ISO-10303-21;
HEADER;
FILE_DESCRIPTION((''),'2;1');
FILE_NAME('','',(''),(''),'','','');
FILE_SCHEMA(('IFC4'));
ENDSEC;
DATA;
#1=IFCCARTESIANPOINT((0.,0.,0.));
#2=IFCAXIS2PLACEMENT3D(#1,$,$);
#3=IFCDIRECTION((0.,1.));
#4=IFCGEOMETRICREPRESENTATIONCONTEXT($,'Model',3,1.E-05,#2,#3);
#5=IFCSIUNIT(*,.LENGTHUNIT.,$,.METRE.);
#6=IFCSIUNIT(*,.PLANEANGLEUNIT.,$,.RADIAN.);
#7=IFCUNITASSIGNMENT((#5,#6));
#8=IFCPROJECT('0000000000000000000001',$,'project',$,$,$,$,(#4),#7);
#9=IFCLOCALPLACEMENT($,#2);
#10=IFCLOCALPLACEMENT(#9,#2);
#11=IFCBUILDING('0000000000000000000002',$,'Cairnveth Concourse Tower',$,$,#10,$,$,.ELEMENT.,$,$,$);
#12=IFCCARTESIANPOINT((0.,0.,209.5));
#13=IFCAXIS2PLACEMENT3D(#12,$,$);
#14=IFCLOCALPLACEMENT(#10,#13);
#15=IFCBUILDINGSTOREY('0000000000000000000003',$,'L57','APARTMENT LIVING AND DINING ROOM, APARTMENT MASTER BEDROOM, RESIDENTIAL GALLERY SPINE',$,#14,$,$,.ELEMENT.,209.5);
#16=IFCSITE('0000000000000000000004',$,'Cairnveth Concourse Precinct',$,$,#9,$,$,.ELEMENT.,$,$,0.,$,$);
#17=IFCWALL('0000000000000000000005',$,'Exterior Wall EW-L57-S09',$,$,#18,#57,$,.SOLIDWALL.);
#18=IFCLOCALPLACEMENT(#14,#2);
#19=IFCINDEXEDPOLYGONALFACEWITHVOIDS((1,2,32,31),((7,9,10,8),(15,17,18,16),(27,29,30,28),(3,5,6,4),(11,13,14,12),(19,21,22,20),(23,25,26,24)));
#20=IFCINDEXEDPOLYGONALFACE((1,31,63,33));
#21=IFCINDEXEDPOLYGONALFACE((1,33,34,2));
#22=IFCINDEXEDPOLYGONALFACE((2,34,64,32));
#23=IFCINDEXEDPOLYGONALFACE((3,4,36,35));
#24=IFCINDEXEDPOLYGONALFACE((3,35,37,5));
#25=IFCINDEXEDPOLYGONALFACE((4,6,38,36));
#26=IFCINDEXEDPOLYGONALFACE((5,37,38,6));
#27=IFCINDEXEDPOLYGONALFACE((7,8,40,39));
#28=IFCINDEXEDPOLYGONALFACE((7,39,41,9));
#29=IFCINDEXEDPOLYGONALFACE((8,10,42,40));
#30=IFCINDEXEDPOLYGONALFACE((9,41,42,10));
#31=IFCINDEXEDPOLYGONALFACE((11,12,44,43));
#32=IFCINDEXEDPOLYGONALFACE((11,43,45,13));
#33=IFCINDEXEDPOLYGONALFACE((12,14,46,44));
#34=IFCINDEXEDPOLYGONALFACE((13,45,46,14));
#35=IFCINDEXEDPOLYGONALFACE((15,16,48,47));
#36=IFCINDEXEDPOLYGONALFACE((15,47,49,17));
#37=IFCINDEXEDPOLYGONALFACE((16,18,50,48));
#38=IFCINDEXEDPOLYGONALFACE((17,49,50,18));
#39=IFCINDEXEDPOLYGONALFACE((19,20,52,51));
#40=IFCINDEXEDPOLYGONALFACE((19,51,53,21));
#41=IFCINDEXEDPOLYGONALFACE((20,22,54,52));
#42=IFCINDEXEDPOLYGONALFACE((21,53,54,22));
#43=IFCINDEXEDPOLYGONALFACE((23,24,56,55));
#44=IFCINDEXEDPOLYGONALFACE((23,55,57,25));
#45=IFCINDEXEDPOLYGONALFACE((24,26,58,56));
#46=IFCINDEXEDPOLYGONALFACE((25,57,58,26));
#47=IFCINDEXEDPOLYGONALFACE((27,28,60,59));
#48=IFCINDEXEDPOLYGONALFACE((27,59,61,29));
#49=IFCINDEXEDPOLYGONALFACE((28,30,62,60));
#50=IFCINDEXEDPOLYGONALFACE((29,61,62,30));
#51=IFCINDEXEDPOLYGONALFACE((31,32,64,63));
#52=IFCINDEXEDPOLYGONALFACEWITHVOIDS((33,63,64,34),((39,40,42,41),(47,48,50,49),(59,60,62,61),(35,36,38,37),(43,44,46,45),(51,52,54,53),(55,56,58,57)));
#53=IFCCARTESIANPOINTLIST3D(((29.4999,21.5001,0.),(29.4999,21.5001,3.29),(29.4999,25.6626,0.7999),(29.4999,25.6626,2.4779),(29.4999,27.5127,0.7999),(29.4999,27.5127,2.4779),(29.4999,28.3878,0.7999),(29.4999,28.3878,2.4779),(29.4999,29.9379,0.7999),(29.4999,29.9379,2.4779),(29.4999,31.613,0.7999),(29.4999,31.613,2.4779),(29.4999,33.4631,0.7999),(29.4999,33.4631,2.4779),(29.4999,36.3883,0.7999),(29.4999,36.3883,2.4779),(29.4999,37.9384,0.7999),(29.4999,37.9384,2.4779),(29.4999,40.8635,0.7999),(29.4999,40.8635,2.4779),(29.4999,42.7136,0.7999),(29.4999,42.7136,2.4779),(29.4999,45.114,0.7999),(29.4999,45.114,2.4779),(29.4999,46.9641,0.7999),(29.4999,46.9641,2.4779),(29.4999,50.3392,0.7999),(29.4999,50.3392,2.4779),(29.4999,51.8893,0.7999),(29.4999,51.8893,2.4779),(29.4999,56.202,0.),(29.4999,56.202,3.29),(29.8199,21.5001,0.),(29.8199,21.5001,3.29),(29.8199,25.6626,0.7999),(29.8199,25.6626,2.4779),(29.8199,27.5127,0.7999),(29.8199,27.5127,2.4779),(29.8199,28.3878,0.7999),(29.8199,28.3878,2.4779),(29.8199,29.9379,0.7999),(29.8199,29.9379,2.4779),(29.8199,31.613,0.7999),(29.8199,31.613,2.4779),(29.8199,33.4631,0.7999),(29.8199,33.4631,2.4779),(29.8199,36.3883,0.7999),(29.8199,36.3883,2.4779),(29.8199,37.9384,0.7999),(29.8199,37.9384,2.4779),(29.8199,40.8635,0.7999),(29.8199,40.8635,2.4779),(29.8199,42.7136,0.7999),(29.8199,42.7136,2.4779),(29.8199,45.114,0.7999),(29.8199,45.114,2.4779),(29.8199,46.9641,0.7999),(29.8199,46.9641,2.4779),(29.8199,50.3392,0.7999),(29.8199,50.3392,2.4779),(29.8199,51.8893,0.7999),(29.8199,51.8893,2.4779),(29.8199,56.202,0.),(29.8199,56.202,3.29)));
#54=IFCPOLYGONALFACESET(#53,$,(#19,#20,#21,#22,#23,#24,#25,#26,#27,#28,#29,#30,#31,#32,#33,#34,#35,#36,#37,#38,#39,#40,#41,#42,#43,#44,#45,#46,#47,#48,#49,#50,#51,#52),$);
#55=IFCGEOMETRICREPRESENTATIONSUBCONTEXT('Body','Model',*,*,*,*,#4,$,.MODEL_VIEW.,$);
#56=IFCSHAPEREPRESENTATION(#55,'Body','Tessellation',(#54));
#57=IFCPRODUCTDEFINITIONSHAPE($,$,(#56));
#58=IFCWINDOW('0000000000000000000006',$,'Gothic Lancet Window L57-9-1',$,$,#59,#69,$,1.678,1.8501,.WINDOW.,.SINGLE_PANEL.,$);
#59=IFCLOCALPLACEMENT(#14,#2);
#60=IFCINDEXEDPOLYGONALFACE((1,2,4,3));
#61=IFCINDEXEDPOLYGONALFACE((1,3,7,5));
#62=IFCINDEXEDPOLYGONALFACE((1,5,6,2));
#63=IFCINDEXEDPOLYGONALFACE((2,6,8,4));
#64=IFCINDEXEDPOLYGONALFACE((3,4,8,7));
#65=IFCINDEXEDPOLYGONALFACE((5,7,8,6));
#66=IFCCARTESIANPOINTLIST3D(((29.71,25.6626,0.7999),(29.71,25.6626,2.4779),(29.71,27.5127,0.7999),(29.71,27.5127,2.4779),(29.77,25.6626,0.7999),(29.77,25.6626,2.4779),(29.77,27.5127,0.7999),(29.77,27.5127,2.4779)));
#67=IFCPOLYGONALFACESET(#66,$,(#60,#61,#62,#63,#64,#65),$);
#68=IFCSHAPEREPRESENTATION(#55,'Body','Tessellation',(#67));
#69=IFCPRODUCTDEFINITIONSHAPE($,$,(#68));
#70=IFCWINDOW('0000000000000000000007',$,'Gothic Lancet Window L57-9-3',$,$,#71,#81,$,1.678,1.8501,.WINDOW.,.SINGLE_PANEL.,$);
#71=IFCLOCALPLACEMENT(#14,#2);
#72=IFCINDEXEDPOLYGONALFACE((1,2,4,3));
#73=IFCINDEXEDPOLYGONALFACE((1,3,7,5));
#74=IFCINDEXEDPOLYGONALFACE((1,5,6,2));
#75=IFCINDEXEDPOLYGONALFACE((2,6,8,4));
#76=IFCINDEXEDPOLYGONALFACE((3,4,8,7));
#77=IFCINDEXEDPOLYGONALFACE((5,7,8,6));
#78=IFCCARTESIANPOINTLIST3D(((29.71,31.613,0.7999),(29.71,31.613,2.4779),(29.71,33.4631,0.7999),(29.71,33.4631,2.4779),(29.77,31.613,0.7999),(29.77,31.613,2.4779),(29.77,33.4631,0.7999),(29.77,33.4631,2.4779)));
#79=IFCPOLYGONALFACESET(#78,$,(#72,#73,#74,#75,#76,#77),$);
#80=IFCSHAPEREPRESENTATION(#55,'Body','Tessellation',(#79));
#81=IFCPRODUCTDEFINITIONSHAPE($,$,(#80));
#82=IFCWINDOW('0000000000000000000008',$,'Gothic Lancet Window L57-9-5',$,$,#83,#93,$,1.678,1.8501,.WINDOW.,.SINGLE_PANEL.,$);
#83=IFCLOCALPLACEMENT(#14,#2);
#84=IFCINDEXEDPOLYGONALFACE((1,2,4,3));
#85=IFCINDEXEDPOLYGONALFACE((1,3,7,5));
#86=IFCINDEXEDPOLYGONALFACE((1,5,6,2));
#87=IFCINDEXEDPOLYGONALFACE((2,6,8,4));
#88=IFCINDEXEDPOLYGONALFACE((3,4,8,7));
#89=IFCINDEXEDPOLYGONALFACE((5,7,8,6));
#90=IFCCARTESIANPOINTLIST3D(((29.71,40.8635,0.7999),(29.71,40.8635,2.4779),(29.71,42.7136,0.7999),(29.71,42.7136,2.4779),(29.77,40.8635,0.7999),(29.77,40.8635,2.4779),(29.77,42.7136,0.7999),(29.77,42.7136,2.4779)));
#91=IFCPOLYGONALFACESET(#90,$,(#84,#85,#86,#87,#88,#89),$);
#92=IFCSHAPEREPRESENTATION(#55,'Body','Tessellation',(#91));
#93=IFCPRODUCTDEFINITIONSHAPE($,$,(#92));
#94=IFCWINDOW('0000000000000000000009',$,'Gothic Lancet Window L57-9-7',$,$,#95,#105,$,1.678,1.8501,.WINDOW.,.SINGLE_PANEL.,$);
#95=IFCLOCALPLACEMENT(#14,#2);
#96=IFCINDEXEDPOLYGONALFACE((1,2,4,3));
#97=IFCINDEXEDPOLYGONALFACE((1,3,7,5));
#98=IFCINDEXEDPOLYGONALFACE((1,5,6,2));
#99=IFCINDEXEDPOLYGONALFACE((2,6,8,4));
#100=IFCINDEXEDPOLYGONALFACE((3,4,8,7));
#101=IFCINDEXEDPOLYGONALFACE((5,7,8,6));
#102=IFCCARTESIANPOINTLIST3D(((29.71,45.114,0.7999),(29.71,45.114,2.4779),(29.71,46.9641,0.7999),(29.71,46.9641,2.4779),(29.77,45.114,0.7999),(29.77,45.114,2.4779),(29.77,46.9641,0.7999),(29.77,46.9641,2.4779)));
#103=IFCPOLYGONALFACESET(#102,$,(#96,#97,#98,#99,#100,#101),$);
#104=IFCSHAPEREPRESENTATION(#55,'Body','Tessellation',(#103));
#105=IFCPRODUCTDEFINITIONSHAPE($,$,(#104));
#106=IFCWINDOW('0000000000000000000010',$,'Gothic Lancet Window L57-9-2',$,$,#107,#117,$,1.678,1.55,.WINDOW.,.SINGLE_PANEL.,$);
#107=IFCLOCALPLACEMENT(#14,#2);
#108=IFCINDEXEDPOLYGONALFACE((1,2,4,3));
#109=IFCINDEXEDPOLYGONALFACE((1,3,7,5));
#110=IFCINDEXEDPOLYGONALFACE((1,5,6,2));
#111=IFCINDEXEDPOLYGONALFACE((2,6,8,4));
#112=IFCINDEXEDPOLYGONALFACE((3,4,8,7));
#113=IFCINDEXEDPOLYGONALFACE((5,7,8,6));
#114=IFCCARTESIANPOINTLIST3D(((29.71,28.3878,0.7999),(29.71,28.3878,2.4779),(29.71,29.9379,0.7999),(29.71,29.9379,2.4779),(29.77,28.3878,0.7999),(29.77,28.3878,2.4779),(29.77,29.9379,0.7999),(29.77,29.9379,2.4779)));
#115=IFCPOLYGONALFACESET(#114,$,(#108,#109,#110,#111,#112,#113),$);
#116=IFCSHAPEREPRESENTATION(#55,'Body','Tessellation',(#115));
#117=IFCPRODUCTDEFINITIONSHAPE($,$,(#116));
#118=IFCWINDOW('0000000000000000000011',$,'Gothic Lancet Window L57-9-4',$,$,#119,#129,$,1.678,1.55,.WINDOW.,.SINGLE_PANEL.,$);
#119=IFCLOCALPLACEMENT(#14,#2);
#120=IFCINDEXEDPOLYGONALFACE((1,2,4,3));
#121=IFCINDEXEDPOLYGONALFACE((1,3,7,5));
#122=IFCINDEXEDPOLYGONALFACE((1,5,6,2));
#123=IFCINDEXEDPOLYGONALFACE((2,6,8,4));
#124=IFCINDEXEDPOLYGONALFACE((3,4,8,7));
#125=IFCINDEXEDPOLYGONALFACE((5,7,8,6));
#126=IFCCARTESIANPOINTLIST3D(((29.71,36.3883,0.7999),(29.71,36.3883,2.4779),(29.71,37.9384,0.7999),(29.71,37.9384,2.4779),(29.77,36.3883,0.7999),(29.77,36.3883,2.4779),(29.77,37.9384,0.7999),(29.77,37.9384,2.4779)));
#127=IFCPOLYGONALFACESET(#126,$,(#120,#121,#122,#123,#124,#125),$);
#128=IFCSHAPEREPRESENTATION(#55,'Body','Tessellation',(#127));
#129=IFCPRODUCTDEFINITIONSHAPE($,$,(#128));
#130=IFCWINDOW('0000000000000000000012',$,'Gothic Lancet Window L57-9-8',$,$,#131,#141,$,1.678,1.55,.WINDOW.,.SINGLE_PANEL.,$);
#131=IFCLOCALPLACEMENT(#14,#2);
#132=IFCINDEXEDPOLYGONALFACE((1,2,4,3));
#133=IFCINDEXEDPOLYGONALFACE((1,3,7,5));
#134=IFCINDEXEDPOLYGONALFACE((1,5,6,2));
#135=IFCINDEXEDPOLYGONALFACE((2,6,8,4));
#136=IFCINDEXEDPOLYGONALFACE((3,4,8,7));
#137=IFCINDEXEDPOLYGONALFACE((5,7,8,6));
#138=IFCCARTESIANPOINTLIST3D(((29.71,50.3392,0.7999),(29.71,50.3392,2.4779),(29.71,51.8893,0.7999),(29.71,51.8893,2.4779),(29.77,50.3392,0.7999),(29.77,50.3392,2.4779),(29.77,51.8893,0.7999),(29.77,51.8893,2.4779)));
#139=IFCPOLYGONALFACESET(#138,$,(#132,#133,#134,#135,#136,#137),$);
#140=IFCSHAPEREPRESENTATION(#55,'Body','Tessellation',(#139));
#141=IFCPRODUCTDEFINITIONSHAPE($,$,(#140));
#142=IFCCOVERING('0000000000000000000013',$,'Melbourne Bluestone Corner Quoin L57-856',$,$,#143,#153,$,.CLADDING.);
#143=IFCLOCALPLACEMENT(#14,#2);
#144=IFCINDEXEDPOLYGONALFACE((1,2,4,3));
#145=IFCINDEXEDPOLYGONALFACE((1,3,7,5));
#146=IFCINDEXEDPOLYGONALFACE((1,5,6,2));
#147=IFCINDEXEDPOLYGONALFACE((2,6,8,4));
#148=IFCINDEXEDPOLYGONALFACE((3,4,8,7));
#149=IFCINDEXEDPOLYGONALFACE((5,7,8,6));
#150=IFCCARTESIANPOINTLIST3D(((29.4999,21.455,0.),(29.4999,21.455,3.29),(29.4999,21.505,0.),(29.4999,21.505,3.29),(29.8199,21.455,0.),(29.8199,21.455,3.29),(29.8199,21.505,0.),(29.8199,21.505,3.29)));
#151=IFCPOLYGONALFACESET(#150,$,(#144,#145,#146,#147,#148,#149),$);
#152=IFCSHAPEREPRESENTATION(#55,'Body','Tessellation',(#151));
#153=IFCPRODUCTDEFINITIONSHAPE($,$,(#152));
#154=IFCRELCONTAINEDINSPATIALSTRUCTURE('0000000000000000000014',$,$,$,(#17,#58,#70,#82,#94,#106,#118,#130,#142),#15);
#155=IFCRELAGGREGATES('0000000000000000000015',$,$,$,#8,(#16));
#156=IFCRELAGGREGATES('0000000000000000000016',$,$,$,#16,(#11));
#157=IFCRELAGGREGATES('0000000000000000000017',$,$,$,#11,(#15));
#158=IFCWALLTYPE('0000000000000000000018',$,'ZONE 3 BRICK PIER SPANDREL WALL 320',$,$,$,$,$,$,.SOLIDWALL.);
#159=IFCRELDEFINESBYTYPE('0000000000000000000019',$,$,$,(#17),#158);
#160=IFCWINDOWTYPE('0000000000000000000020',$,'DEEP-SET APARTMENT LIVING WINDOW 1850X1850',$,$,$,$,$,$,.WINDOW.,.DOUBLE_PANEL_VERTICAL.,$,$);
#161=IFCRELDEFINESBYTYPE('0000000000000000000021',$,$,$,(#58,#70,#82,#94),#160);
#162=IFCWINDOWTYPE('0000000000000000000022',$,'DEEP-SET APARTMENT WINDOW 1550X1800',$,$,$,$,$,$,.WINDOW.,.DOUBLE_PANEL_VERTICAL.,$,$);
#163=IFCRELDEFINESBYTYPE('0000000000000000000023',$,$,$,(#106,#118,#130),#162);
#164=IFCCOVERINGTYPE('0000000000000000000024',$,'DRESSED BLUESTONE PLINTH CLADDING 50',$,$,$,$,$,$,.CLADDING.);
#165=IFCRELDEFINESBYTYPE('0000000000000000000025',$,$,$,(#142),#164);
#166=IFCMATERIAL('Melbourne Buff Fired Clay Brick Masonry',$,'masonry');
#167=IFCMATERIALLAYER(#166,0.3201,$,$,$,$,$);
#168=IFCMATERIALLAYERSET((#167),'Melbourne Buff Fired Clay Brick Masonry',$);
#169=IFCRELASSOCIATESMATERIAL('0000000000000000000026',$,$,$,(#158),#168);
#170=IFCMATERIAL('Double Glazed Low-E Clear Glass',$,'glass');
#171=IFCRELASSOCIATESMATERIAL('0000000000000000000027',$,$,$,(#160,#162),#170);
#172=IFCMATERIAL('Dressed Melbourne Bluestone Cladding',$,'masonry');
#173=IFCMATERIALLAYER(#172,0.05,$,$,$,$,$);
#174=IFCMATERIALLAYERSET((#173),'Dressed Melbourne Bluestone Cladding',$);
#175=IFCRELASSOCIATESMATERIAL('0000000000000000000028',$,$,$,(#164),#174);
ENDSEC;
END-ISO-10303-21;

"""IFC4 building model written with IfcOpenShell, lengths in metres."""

from ifc_helpers import new_model, si_unit, direction, frame, frame_2d, origin, place, context, subcontext, project, spatial, rectangle, extrude, material, layer, layer_set, type_object, element, fill, save


model = new_model("IFC4")

# Units and contexts
model_context = context("Model", 3, precision=1e-05, world=origin(), true_north=direction((0.0, 1.0)))
body_context = subcontext(model_context, "Body", "Model", "MODEL_VIEW")
ifc_project = project(units=[si_unit("LENGTHUNIT", "METRE"), si_unit("PLANEANGLEUNIT", "RADIAN")], contexts=[model_context])

# Site, building, storey
site_placement = place(None, origin())
site = spatial("IfcSite", under=ifc_project, at=site_placement, Name="Cairnveth Concourse Precinct", CompositionType="ELEMENT", RefElevation=0.0)
building_placement = place(site_placement, origin())
building = spatial("IfcBuilding", under=site, at=building_placement, Name="Cairnveth Concourse Tower", CompositionType="ELEMENT")
storey_placement = place(building_placement, frame((0.0, 0.0, 209.5)))
storey = spatial("IfcBuildingStorey", under=building, at=storey_placement, Name="L57", Description="APARTMENT LIVING AND DINING ROOM, APARTMENT MASTER BEDROOM, RESIDENTIAL GALLERY SPINE", CompositionType="ELEMENT", Elevation=209.5)

# Wall, openings, windows
ifc_material_1 = material(Name="Melbourne Buff Fired Clay Brick Masonry", Category="masonry")
ifc_layer_1 = layer(ifc_material_1, 0.3201)
ifc_layer_set_1 = layer_set([ifc_layer_1], Name="Melbourne Buff Fired Clay Brick Masonry")
wall_type_1 = type_object("IfcWallType", Name="ZONE 3 BRICK PIER SPANDREL WALL 320", PredefinedType="SOLIDWALL", material=ifc_layer_set_1)
wall_1_placement = place(storey_placement, frame((29.6599, 21.5, 0.0), z_axis=(0.0, 0.0, 1.0), x_axis=(0.0, 1.0, 0.0)))
wall_1 = element("IfcWall", 1, at=wall_1_placement, inside=storey, type_object=wall_type_1, Name="Exterior Wall EW-L57-S09", PredefinedType="SOLIDWALL", context=body_context, shape_type="SweptSolid", body=[
    extrude(rectangle(XDim=34.7019, YDim=0.3201, at=frame_2d((17.3511, 0.0))), origin(), (0.0, 0.0, 1.0), 3.29),
])
opening_1_placement = place(wall_1_placement, frame((4.1626, 0.0, 0.8)))
opening_1 = element("IfcOpeningElement", 2, at=opening_1_placement, cuts=wall_1, PredefinedType="OPENING", context=body_context, shape_type="SweptSolid", body=[
    extrude(rectangle(XDim=1.8501, YDim=1.678, at=frame_2d((0.925, 0.8389))), frame((0.0, 0.1699, 0.0), z_axis=(0.0, -1.0, 0.0), x_axis=(1.0, 0.0, 0.0)), (0.0, 0.0, 1.0), 0.3401),
])
opening_2_placement = place(wall_1_placement, frame((6.8879, 0.0, 0.8)))
opening_2 = element("IfcOpeningElement", 3, at=opening_2_placement, cuts=wall_1, PredefinedType="OPENING", context=body_context, shape_type="SweptSolid", body=[
    extrude(rectangle(XDim=1.55, YDim=1.678, at=frame_2d((0.7749, 0.8389))), frame((0.0, 0.1699, 0.0), z_axis=(0.0, -1.0, 0.0), x_axis=(1.0, 0.0, 0.0)), (0.0, 0.0, 1.0), 0.3401),
])
opening_3_placement = place(wall_1_placement, frame((10.113, 0.0, 0.8)))
opening_3 = element("IfcOpeningElement", 4, at=opening_3_placement, cuts=wall_1, PredefinedType="OPENING", context=body_context, shape_type="SweptSolid", body=[
    extrude(rectangle(XDim=1.8501, YDim=1.678, at=frame_2d((0.925, 0.8389))), frame((0.0, 0.1699, 0.0), z_axis=(0.0, -1.0, 0.0), x_axis=(1.0, 0.0, 0.0)), (0.0, 0.0, 1.0), 0.3401),
])
opening_4_placement = place(wall_1_placement, frame((14.8884, 0.0, 0.8)))
opening_4 = element("IfcOpeningElement", 5, at=opening_4_placement, cuts=wall_1, PredefinedType="OPENING", context=body_context, shape_type="SweptSolid", body=[
    extrude(rectangle(XDim=1.55, YDim=1.678, at=frame_2d((0.7749, 0.8389))), frame((0.0, 0.1699, 0.0), z_axis=(0.0, -1.0, 0.0), x_axis=(1.0, 0.0, 0.0)), (0.0, 0.0, 1.0), 0.3401),
])
opening_5_placement = place(wall_1_placement, frame((19.3635, 0.0, 0.8)))
opening_5 = element("IfcOpeningElement", 6, at=opening_5_placement, cuts=wall_1, PredefinedType="OPENING", context=body_context, shape_type="SweptSolid", body=[
    extrude(rectangle(XDim=1.8501, YDim=1.678, at=frame_2d((0.925, 0.8389))), frame((0.0, 0.1699, 0.0), z_axis=(0.0, -1.0, 0.0), x_axis=(1.0, 0.0, 0.0)), (0.0, 0.0, 1.0), 0.3401),
])
opening_6_placement = place(wall_1_placement, frame((23.614, 0.0, 0.8)))
opening_6 = element("IfcOpeningElement", 7, at=opening_6_placement, cuts=wall_1, PredefinedType="OPENING", context=body_context, shape_type="SweptSolid", body=[
    extrude(rectangle(XDim=1.8501, YDim=1.678, at=frame_2d((0.925, 0.8389))), frame((0.0, 0.1699, 0.0), z_axis=(0.0, -1.0, 0.0), x_axis=(1.0, 0.0, 0.0)), (0.0, 0.0, 1.0), 0.3401),
])
opening_7_placement = place(wall_1_placement, frame((28.8394, 0.0, 0.8)))
opening_7 = element("IfcOpeningElement", 8, at=opening_7_placement, cuts=wall_1, PredefinedType="OPENING", context=body_context, shape_type="SweptSolid", body=[
    extrude(rectangle(XDim=1.55, YDim=1.678, at=frame_2d((0.7749, 0.8389))), frame((0.0, 0.1699, 0.0), z_axis=(0.0, -1.0, 0.0), x_axis=(1.0, 0.0, 0.0)), (0.0, 0.0, 1.0), 0.3401),
])
ifc_material_2 = material(Name="Double Glazed Low-E Clear Glass", Category="glass")
window_type_1 = type_object("IfcWindowType", Name="DEEP-SET APARTMENT LIVING WINDOW 1850X1850", PartitioningType="DOUBLE_PANEL_VERTICAL", PredefinedType="WINDOW", material=ifc_material_2)
window_1_placement = place(opening_1_placement, origin())
window_1 = element("IfcWindow", 9, at=window_1_placement, inside=storey, type_object=window_type_1, Name="Gothic Lancet Window L57-9-1", OverallHeight=1.678, OverallWidth=1.8501, PartitioningType="SINGLE_PANEL", PredefinedType="WINDOW", context=body_context, shape_type="SweptSolid", body=[
    extrude(rectangle(XDim=1.8501, YDim=1.678, at=frame_2d((0.925, 0.8389))), frame((0.0, -0.05, 0.0), z_axis=(0.0, -1.0, 0.0), x_axis=(1.0, 0.0, 0.0)), (0.0, 0.0, 1.0), 0.0601),
])
fill(opening_1, window_1)
window_2_placement = place(opening_3_placement, origin())
window_2 = element("IfcWindow", 10, at=window_2_placement, inside=storey, type_object=window_type_1, Name="Gothic Lancet Window L57-9-3", OverallHeight=1.678, OverallWidth=1.8501, PartitioningType="SINGLE_PANEL", PredefinedType="WINDOW", context=body_context, shape_type="SweptSolid", body=[
    extrude(rectangle(XDim=1.8501, YDim=1.678, at=frame_2d((0.925, 0.8389))), frame((0.0, -0.05, 0.0), z_axis=(0.0, -1.0, 0.0), x_axis=(1.0, 0.0, 0.0)), (0.0, 0.0, 1.0), 0.0601),
])
fill(opening_3, window_2)
window_3_placement = place(opening_5_placement, origin())
window_3 = element("IfcWindow", 11, at=window_3_placement, inside=storey, type_object=window_type_1, Name="Gothic Lancet Window L57-9-5", OverallHeight=1.678, OverallWidth=1.8501, PartitioningType="SINGLE_PANEL", PredefinedType="WINDOW", context=body_context, shape_type="SweptSolid", body=[
    extrude(rectangle(XDim=1.8501, YDim=1.678, at=frame_2d((0.925, 0.8389))), frame((0.0, -0.05, 0.0), z_axis=(0.0, -1.0, 0.0), x_axis=(1.0, 0.0, 0.0)), (0.0, 0.0, 1.0), 0.0601),
])
fill(opening_5, window_3)
window_4_placement = place(opening_6_placement, origin())
window_4 = element("IfcWindow", 12, at=window_4_placement, inside=storey, type_object=window_type_1, Name="Gothic Lancet Window L57-9-7", OverallHeight=1.678, OverallWidth=1.8501, PartitioningType="SINGLE_PANEL", PredefinedType="WINDOW", context=body_context, shape_type="SweptSolid", body=[
    extrude(rectangle(XDim=1.8501, YDim=1.678, at=frame_2d((0.925, 0.8389))), frame((0.0, -0.05, 0.0), z_axis=(0.0, -1.0, 0.0), x_axis=(1.0, 0.0, 0.0)), (0.0, 0.0, 1.0), 0.0601),
])
fill(opening_6, window_4)
window_type_2 = type_object("IfcWindowType", Name="DEEP-SET APARTMENT WINDOW 1550X1800", PartitioningType="DOUBLE_PANEL_VERTICAL", PredefinedType="WINDOW", material=ifc_material_2)
window_5_placement = place(opening_2_placement, origin())
window_5 = element("IfcWindow", 13, at=window_5_placement, inside=storey, type_object=window_type_2, Name="Gothic Lancet Window L57-9-2", OverallHeight=1.678, OverallWidth=1.55, PartitioningType="SINGLE_PANEL", PredefinedType="WINDOW", context=body_context, shape_type="SweptSolid", body=[
    extrude(rectangle(XDim=1.55, YDim=1.678, at=frame_2d((0.7749, 0.8389))), frame((0.0, -0.05, 0.0), z_axis=(0.0, -1.0, 0.0), x_axis=(1.0, 0.0, 0.0)), (0.0, 0.0, 1.0), 0.0601),
])
fill(opening_2, window_5)
window_6_placement = place(opening_4_placement, origin())
window_6 = element("IfcWindow", 14, at=window_6_placement, inside=storey, type_object=window_type_2, Name="Gothic Lancet Window L57-9-4", OverallHeight=1.678, OverallWidth=1.55, PartitioningType="SINGLE_PANEL", PredefinedType="WINDOW", context=body_context, shape_type="SweptSolid", body=[
    extrude(rectangle(XDim=1.55, YDim=1.678, at=frame_2d((0.7749, 0.8389))), frame((0.0, -0.05, 0.0), z_axis=(0.0, -1.0, 0.0), x_axis=(1.0, 0.0, 0.0)), (0.0, 0.0, 1.0), 0.0601),
])
fill(opening_4, window_6)
window_7_placement = place(opening_7_placement, origin())
window_7 = element("IfcWindow", 15, at=window_7_placement, inside=storey, type_object=window_type_2, Name="Gothic Lancet Window L57-9-8", OverallHeight=1.678, OverallWidth=1.55, PartitioningType="SINGLE_PANEL", PredefinedType="WINDOW", context=body_context, shape_type="SweptSolid", body=[
    extrude(rectangle(XDim=1.55, YDim=1.678, at=frame_2d((0.7749, 0.8389))), frame((0.0, -0.05, 0.0), z_axis=(0.0, -1.0, 0.0), x_axis=(1.0, 0.0, 0.0)), (0.0, 0.0, 1.0), 0.0601),
])
fill(opening_7, window_7)

# Covering
ifc_material_3 = material(Name="Dressed Melbourne Bluestone Cladding", Category="masonry")
ifc_layer_2 = layer(ifc_material_3, 0.05)
ifc_layer_set_2 = layer_set([ifc_layer_2], Name="Dressed Melbourne Bluestone Cladding")
covering_type = type_object("IfcCoveringType", Name="DRESSED BLUESTONE PLINTH CLADDING 50", PredefinedType="CLADDING", material=ifc_layer_set_2)
covering_placement = place(storey_placement, frame((29.8201, 21.48, 0.0), z_axis=(0.0, 0.0, 1.0), x_axis=(-1.0, 0.0, 0.0)))
element("IfcCovering", 16, at=covering_placement, inside=storey, type_object=covering_type, Name="Melbourne Bluestone Corner Quoin L57-856", PredefinedType="CLADDING", context=body_context, shape_type="SweptSolid", body=[
    extrude(rectangle(XDim=0.3201, YDim=0.05, at=frame_2d((0.1602, 0.0))), origin(), (0.0, 0.0, 1.0), 3.29),
])

save(model, "model.ifc")
